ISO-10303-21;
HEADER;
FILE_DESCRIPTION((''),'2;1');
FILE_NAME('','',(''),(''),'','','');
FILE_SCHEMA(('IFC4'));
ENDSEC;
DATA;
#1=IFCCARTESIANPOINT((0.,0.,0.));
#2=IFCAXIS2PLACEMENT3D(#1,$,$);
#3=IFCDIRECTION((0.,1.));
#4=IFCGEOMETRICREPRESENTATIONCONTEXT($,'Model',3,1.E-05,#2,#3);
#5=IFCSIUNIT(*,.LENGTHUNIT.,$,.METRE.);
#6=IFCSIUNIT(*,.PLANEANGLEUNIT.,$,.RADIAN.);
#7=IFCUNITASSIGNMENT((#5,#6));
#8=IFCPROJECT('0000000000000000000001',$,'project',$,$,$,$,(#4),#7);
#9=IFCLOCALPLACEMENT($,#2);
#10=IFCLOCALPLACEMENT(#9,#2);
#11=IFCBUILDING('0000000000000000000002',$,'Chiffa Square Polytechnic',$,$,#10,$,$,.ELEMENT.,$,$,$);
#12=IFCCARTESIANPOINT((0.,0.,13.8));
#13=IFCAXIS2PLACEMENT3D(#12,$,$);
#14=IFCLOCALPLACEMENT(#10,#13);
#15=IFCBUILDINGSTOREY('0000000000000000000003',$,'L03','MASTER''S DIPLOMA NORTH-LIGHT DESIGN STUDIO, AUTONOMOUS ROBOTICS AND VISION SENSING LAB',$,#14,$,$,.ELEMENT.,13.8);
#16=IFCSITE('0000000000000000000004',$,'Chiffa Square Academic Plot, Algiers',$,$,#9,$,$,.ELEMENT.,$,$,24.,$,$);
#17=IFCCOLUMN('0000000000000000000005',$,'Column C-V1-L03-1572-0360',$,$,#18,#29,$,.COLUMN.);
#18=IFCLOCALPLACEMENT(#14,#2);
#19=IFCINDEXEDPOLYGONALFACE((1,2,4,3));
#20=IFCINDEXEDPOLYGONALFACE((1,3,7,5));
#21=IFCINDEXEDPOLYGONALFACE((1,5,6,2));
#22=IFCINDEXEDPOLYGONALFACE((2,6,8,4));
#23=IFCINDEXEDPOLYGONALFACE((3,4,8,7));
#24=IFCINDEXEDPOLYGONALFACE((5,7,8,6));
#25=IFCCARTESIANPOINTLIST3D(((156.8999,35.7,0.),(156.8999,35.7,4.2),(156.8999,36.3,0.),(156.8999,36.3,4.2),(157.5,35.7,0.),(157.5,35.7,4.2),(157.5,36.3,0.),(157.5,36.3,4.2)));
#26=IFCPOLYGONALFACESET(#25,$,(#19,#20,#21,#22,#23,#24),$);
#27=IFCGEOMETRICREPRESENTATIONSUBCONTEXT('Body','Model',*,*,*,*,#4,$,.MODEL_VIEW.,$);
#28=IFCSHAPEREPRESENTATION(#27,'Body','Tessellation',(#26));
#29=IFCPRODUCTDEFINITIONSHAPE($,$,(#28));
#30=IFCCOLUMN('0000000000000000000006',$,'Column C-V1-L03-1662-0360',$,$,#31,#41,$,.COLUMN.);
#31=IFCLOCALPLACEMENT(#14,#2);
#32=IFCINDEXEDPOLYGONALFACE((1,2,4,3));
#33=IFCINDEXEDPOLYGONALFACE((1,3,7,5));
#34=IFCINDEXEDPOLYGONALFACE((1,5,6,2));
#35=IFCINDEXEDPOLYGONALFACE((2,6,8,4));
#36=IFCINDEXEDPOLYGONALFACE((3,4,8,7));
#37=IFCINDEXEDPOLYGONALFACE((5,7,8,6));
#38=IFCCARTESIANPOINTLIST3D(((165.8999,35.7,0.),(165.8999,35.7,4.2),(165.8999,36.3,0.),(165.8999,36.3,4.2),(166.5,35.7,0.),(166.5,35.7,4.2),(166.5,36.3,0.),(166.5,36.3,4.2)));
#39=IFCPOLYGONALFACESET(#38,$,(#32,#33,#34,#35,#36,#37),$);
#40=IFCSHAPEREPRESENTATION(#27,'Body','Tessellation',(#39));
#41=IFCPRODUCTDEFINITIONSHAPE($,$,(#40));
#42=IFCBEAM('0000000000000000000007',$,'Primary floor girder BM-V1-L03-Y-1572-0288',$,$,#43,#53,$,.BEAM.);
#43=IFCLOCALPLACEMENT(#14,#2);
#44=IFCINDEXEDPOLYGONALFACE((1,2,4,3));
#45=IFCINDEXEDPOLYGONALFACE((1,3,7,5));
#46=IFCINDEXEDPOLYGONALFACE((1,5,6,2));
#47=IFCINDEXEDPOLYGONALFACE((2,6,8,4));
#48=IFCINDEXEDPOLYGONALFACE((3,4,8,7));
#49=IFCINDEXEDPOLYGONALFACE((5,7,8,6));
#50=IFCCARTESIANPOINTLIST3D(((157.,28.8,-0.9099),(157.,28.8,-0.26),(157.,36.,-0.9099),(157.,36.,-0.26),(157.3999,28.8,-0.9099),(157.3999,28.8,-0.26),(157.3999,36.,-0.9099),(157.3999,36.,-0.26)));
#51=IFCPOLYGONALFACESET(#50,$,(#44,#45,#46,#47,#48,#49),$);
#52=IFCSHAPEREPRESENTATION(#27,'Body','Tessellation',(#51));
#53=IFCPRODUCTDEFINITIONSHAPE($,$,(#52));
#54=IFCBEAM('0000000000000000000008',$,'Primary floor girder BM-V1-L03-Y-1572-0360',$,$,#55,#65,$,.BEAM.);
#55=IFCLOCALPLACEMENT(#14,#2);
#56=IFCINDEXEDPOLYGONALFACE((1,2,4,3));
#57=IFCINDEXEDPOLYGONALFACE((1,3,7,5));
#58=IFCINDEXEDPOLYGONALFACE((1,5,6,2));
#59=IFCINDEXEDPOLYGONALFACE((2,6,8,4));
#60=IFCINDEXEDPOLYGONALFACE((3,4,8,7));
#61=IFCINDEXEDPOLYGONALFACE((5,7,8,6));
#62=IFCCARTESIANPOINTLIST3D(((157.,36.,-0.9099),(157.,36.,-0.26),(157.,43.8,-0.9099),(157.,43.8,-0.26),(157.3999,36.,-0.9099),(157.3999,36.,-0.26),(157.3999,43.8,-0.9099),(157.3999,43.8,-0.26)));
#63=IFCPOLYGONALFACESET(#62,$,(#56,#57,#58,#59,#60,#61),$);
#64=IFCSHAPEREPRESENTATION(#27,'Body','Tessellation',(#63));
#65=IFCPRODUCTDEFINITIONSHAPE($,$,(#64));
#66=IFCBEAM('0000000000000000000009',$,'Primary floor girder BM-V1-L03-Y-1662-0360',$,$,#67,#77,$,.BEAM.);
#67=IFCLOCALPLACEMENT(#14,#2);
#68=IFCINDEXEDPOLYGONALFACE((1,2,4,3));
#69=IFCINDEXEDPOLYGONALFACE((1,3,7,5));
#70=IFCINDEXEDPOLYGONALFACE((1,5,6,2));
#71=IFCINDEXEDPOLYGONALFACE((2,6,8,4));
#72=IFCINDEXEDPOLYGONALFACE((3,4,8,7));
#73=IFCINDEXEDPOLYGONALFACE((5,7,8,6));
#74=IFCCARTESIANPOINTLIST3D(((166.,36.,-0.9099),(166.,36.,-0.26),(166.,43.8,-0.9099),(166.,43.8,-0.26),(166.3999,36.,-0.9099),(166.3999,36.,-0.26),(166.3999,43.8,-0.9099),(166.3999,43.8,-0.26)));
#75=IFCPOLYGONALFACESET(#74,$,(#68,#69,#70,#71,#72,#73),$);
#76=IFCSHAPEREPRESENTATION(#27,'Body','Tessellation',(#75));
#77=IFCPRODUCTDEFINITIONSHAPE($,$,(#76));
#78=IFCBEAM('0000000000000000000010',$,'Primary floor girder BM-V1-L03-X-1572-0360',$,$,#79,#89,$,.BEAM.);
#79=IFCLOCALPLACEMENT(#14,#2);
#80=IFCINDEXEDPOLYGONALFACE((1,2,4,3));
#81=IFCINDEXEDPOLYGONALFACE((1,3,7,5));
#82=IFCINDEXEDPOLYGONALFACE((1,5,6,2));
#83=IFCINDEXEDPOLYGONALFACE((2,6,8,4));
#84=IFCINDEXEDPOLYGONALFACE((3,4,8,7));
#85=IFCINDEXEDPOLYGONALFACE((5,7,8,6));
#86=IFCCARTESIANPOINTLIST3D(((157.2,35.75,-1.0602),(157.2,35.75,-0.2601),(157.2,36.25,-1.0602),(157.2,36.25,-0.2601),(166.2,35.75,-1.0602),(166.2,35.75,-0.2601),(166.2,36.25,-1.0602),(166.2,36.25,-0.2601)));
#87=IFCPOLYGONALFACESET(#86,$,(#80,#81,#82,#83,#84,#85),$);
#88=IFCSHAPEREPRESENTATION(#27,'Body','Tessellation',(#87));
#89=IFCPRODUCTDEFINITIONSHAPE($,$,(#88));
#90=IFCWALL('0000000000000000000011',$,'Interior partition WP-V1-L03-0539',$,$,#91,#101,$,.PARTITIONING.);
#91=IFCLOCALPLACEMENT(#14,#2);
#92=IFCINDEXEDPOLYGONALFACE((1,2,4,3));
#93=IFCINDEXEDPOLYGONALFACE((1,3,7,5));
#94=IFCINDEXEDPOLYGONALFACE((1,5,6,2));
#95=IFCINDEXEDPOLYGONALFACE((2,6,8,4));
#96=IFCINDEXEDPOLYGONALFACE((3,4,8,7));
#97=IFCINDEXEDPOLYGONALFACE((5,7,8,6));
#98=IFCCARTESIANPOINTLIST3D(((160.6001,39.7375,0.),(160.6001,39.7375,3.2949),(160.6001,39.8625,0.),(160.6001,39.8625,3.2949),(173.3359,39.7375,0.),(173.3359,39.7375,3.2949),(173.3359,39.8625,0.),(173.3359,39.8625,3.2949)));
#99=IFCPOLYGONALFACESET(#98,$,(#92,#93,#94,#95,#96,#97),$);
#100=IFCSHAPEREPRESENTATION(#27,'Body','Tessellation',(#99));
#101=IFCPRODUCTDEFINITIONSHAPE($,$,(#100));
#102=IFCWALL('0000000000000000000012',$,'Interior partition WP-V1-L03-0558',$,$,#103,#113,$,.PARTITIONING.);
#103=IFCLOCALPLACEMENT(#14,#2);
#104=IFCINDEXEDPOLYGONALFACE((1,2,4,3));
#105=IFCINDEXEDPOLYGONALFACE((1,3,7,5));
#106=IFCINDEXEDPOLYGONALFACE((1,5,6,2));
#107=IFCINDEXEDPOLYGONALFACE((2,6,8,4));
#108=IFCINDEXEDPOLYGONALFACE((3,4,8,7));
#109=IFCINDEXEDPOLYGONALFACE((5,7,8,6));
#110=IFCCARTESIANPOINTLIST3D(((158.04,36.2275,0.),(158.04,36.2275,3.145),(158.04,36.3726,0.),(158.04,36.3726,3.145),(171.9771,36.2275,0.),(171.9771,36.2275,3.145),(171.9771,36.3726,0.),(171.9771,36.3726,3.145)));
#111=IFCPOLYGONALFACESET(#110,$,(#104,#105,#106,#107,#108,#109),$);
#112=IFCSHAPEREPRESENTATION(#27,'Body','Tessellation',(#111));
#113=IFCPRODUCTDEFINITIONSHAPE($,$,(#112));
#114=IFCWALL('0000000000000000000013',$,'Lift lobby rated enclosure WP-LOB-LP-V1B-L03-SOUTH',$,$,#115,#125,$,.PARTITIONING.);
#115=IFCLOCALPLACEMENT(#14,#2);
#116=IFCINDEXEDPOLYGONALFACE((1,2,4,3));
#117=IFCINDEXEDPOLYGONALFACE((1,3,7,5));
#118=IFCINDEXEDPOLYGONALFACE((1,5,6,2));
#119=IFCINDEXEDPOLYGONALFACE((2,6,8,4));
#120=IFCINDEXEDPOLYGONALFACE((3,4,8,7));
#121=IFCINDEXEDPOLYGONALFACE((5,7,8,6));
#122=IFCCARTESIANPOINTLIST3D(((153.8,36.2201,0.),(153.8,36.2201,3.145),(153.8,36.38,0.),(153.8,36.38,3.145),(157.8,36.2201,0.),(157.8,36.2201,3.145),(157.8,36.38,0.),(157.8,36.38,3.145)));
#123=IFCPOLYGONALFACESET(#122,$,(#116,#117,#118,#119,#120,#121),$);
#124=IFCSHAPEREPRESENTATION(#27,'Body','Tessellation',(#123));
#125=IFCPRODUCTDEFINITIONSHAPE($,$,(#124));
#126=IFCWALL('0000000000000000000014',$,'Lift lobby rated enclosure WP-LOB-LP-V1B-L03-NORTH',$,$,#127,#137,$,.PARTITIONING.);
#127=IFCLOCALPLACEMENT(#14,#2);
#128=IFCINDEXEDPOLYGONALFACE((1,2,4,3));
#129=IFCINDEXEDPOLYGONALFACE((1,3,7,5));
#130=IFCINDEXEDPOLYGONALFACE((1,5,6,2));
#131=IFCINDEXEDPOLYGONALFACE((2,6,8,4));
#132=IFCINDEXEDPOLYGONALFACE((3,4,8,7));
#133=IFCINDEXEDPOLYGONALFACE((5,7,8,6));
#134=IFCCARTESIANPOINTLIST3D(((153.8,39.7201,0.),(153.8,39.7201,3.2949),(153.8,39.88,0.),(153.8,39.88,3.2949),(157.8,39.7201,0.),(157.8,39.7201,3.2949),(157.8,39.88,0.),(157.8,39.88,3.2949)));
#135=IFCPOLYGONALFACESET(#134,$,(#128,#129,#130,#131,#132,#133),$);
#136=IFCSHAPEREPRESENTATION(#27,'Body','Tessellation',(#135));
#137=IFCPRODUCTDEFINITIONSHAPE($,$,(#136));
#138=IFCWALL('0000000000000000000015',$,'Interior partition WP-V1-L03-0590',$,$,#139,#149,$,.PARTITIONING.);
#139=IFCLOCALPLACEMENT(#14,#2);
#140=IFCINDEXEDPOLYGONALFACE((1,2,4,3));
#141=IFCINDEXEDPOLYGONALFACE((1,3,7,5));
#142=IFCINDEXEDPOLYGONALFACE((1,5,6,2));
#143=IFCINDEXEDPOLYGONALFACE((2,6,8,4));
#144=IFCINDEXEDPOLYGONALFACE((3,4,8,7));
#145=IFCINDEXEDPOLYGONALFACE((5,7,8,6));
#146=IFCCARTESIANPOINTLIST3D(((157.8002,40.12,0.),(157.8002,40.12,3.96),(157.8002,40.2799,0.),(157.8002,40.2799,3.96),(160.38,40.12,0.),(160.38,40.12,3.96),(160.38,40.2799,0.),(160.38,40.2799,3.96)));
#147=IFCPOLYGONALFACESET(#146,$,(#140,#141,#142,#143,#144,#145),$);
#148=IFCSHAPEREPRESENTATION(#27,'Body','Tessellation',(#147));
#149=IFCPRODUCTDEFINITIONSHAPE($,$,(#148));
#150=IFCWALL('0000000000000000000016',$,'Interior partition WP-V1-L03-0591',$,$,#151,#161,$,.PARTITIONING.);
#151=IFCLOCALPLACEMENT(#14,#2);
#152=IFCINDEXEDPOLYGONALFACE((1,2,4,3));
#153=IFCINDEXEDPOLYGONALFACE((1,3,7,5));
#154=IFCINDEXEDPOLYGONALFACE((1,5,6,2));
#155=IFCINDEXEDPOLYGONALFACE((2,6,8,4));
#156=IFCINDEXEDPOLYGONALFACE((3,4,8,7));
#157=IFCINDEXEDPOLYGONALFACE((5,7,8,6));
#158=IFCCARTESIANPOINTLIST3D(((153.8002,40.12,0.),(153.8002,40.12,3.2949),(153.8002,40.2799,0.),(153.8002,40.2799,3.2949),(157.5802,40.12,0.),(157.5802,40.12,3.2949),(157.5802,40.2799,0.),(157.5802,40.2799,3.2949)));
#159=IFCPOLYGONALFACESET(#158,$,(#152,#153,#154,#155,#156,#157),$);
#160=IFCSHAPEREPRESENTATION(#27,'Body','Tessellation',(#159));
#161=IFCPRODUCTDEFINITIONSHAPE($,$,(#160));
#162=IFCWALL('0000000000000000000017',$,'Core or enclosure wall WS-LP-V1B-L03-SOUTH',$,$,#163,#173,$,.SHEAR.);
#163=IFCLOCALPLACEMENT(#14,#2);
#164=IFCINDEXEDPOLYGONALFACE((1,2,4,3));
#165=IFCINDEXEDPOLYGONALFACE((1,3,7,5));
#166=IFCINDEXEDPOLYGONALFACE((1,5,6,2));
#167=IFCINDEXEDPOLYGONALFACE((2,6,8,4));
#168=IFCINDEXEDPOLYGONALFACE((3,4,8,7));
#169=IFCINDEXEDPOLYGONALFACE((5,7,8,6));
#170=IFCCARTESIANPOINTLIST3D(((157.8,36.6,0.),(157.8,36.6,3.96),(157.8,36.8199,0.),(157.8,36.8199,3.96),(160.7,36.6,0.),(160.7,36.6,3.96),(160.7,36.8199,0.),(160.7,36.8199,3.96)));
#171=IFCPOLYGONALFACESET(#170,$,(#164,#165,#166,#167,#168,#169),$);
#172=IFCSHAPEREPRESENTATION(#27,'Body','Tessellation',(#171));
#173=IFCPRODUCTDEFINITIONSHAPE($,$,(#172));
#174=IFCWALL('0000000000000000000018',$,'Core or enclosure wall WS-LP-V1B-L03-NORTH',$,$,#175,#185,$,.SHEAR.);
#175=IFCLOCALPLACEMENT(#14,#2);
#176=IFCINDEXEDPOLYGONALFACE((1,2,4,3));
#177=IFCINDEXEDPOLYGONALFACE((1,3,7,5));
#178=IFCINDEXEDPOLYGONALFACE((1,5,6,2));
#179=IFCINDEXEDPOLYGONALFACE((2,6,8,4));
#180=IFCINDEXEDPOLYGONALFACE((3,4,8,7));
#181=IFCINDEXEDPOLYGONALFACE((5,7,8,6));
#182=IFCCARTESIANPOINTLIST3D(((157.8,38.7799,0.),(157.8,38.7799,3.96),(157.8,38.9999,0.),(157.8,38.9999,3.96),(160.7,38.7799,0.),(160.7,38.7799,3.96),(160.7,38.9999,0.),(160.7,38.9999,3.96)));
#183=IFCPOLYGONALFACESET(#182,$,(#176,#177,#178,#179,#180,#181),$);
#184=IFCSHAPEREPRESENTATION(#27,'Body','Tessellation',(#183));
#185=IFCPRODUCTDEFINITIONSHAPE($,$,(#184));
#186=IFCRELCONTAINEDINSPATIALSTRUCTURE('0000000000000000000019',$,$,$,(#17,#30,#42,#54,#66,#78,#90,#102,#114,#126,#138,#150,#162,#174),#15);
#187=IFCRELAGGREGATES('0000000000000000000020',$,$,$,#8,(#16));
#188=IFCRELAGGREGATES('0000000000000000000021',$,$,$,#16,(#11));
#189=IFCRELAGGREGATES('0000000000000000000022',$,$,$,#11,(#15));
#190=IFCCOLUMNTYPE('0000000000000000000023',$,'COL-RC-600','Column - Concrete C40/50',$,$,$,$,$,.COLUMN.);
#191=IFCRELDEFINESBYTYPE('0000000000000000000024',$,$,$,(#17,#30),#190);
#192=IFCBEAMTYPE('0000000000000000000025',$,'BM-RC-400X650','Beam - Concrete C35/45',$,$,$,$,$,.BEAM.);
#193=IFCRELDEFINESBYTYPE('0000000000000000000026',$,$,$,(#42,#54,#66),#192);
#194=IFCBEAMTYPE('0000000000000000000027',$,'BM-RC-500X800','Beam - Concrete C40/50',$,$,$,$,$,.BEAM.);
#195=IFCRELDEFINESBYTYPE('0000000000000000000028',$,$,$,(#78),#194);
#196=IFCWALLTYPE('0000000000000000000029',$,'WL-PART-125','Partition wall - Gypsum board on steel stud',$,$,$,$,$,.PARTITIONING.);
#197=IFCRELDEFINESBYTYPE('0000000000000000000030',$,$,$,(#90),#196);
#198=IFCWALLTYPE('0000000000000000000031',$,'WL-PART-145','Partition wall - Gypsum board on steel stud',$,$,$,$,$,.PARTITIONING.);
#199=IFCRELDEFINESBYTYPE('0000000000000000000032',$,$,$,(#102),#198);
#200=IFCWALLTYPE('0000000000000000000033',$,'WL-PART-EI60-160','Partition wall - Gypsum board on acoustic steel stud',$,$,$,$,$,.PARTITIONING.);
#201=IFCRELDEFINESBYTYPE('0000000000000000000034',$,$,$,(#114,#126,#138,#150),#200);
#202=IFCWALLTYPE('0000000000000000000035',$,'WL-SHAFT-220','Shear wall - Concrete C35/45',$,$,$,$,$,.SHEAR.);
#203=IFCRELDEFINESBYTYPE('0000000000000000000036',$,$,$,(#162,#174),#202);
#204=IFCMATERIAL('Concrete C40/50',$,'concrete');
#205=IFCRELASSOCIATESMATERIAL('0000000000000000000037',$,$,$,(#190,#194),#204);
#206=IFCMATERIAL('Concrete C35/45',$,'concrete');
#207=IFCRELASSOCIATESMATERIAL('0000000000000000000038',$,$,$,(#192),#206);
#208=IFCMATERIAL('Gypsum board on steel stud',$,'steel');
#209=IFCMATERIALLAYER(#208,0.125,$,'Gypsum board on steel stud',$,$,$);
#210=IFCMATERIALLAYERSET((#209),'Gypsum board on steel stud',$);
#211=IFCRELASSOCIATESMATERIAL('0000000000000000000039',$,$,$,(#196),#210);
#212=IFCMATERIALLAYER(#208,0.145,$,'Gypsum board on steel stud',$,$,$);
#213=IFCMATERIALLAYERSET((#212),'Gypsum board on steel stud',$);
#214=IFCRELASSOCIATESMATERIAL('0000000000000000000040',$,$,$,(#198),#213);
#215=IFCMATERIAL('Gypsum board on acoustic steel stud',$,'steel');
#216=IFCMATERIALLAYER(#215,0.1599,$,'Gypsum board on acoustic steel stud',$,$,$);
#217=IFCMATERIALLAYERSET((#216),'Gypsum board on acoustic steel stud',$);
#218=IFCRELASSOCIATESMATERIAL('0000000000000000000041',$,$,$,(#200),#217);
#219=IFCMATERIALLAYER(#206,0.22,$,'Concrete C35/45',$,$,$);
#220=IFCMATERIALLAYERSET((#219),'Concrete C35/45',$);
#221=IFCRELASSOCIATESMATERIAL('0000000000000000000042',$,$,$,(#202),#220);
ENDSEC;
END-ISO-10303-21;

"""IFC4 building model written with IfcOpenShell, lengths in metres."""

from ifc_helpers import new_model, si_unit, direction, frame, frame_2d, origin, origin_2d, place, context, subcontext, project, spatial, rectangle, extrude, material, layer, layer_set, material_profile, profile_set, type_object, element, save


model = new_model("IFC4")

# Units and contexts
model_context = context("Model", 3, precision=1e-05, world=origin(), true_north=direction((0.0, 1.0)))
body_context = subcontext(model_context, "Body", "Model", "MODEL_VIEW")
ifc_project = project(units=[si_unit("LENGTHUNIT", "METRE"), si_unit("PLANEANGLEUNIT", "RADIAN")], contexts=[model_context])

# Site, building, storey
site_placement = place(None, origin())
site = spatial("IfcSite", under=ifc_project, at=site_placement, Name="Chiffa Square Academic Plot, Algiers", CompositionType="ELEMENT", RefElevation=24.0)
building_placement = place(site_placement, origin())
building = spatial("IfcBuilding", under=site, at=building_placement, Name="Chiffa Square Polytechnic", CompositionType="ELEMENT")
storey_placement = place(building_placement, frame((0.0, 0.0, 13.8)))
storey = spatial("IfcBuildingStorey", under=building, at=storey_placement, Name="L03", Description="MASTER'S DIPLOMA NORTH-LIGHT DESIGN STUDIO, AUTONOMOUS ROBOTICS AND VISION SENSING LAB", CompositionType="ELEMENT", Elevation=13.8)

# Columns
ifc_material_1 = material(Name="Concrete C40/50", Category="concrete")
ifc_material_profile_1 = material_profile(ifc_material_1, rectangle(XDim=0.6001, YDim=0.6001, at=origin_2d()), Name="RC 600x600")
ifc_profile_set_1 = profile_set([ifc_material_profile_1], Name="Concrete C40/50")
column_type = type_object("IfcColumnType", Name="COL-RC-600", Description="Column - Concrete C40/50", PredefinedType="COLUMN", material=ifc_profile_set_1)
for number, where, z_axis, x_axis, name in (
    (1, (157.2, 36.0, 0.0), (0.0, 0.0, 1.0), (1.0, 0.0, 0.0), "Column C-V1-L03-1572-0360"),
    (2, (166.2, 36.0, 0.0), (0.0, 0.0, 1.0), (1.0, 0.0, 0.0), "Column C-V1-L03-1662-0360"),
):
    element("IfcColumn", number, at=place(storey_placement, frame(where, z_axis=z_axis, x_axis=x_axis)), inside=storey, type_object=column_type, Name=name, PredefinedType="COLUMN", context=body_context, shape_type="SweptSolid", body=[
        extrude(rectangle(XDim=0.6001, YDim=0.6001, at=origin_2d()), origin(), (0.0, 0.0, 1.0), 4.2),
    ])

# Beams
ifc_material_2 = material(Name="Concrete C35/45", Category="concrete")
ifc_material_profile_2 = material_profile(ifc_material_2, rectangle(XDim=0.3999, YDim=0.6499, at=origin_2d()), Name="RC 400x650")
ifc_profile_set_2 = profile_set([ifc_material_profile_2], Name="Concrete C35/45")
beam_type_1 = type_object("IfcBeamType", Name="BM-RC-400X650", Description="Beam - Concrete C35/45", PredefinedType="BEAM", material=ifc_profile_set_2)
beam_1_placement = place(storey_placement, frame((157.2, 28.8, -0.585), z_axis=(0.0, 1.0, 0.0), x_axis=(-1.0, 0.0, 0.0)))
element("IfcBeam", 3, at=beam_1_placement, inside=storey, type_object=beam_type_1, Name="Primary floor girder BM-V1-L03-Y-1572-0288", PredefinedType="BEAM", context=body_context, shape_type="SweptSolid", body=[
    extrude(rectangle(XDim=0.3999, YDim=0.6499, at=origin_2d()), origin(), (0.0, 0.0, 1.0), 7.2),
])
for number, where, z_axis, x_axis, name in (
    (4, (157.2, 36.0, -0.585), (0.0, 1.0, 0.0), (-1.0, 0.0, 0.0), "Primary floor girder BM-V1-L03-Y-1572-0360"),
    (5, (166.2, 36.0, -0.585), (0.0, 1.0, 0.0), (-1.0, 0.0, 0.0), "Primary floor girder BM-V1-L03-Y-1662-0360"),
):
    element("IfcBeam", number, at=place(storey_placement, frame(where, z_axis=z_axis, x_axis=x_axis)), inside=storey, type_object=beam_type_1, Name=name, PredefinedType="BEAM", context=body_context, shape_type="SweptSolid", body=[
        extrude(rectangle(XDim=0.3999, YDim=0.6499, at=origin_2d()), origin(), (0.0, 0.0, 1.0), 7.8),
    ])
ifc_material_profile_3 = material_profile(ifc_material_1, rectangle(XDim=0.5, YDim=0.8, at=origin_2d()), Name="RC 500x800")
ifc_profile_set_3 = profile_set([ifc_material_profile_3], Name="Concrete C40/50")
beam_type_2 = type_object("IfcBeamType", Name="BM-RC-500X800", Description="Beam - Concrete C40/50", PredefinedType="BEAM", material=ifc_profile_set_3)
beam_2_placement = place(storey_placement, frame((157.2, 36.0, -0.6602), z_axis=(1.0, 0.0, 0.0), x_axis=(0.0, 1.0, 0.0)))
element("IfcBeam", 6, at=beam_2_placement, inside=storey, type_object=beam_type_2, Name="Primary floor girder BM-V1-L03-X-1572-0360", PredefinedType="BEAM", context=body_context, shape_type="SweptSolid", body=[
    extrude(rectangle(XDim=0.5, YDim=0.8, at=origin_2d()), origin(), (0.0, 0.0, 1.0), 9.0),
])

# Walls
ifc_material_3 = material(Name="Gypsum board on steel stud", Category="steel")
ifc_layer_1 = layer(ifc_material_3, 0.125, Name="Gypsum board on steel stud")
ifc_layer_set_1 = layer_set([ifc_layer_1], Name="Gypsum board on steel stud")
wall_type_1 = type_object("IfcWallType", Name="WL-PART-125", Description="Partition wall - Gypsum board on steel stud", PredefinedType="PARTITIONING", material=ifc_layer_set_1)
wall_1_placement = place(storey_placement, frame((160.6001, 39.8, 0.0), z_axis=(0.0, 0.0, 1.0), x_axis=(1.0, 0.0, 0.0)))
element("IfcWall", 7, at=wall_1_placement, inside=storey, type_object=wall_type_1, Name="Interior partition WP-V1-L03-0539", PredefinedType="PARTITIONING", context=body_context, shape_type="SweptSolid", body=[
    extrude(rectangle(XDim=12.7358, YDim=0.125, at=frame_2d((6.3679, 0.0))), origin(), (0.0, 0.0, 1.0), 3.2949),
])
ifc_layer_2 = layer(ifc_material_3, 0.145, Name="Gypsum board on steel stud")
ifc_layer_set_2 = layer_set([ifc_layer_2], Name="Gypsum board on steel stud")
wall_type_2 = type_object("IfcWallType", Name="WL-PART-145", Description="Partition wall - Gypsum board on steel stud", PredefinedType="PARTITIONING", material=ifc_layer_set_2)
wall_2_placement = place(storey_placement, frame((158.04, 36.3, 0.0), z_axis=(0.0, 0.0, 1.0), x_axis=(1.0, 0.0, 0.0)))
element("IfcWall", 8, at=wall_2_placement, inside=storey, type_object=wall_type_2, Name="Interior partition WP-V1-L03-0558", PredefinedType="PARTITIONING", context=body_context, shape_type="SweptSolid", body=[
    extrude(rectangle(XDim=13.937, YDim=0.145, at=frame_2d((6.9685, 0.0))), origin(), (0.0, 0.0, 1.0), 3.145),
])
ifc_material_4 = material(Name="Gypsum board on acoustic steel stud", Category="steel")
ifc_layer_3 = layer(ifc_material_4, 0.1599, Name="Gypsum board on acoustic steel stud")
ifc_layer_set_3 = layer_set([ifc_layer_3], Name="Gypsum board on acoustic steel stud")
wall_type_3 = type_object("IfcWallType", Name="WL-PART-EI60-160", Description="Partition wall - Gypsum board on acoustic steel stud", PredefinedType="PARTITIONING", material=ifc_layer_set_3)
wall_3_placement = place(storey_placement, frame((153.8, 36.3, 0.0), z_axis=(0.0, 0.0, 1.0), x_axis=(1.0, 0.0, 0.0)))
element("IfcWall", 9, at=wall_3_placement, inside=storey, type_object=wall_type_3, Name="Lift lobby rated enclosure WP-LOB-LP-V1B-L03-SOUTH", PredefinedType="PARTITIONING", context=body_context, shape_type="SweptSolid", body=[
    extrude(rectangle(XDim=4.0, YDim=0.1599, at=frame_2d((2.0, 0.0))), origin(), (0.0, 0.0, 1.0), 3.145),
])
wall_4_placement = place(storey_placement, frame((153.8, 39.8, 0.0), z_axis=(0.0, 0.0, 1.0), x_axis=(1.0, 0.0, 0.0)))
element("IfcWall", 10, at=wall_4_placement, inside=storey, type_object=wall_type_3, Name="Lift lobby rated enclosure WP-LOB-LP-V1B-L03-NORTH", PredefinedType="PARTITIONING", context=body_context, shape_type="SweptSolid", body=[
    extrude(rectangle(XDim=4.0, YDim=0.1599, at=frame_2d((2.0, 0.0))), origin(), (0.0, 0.0, 1.0), 3.2949),
])

# Walls
wall_5_placement = place(storey_placement, frame((157.8, 40.2, 0.0), z_axis=(0.0, 0.0, 1.0), x_axis=(1.0, 0.0, 0.0)))
element("IfcWall", 11, at=wall_5_placement, inside=storey, type_object=wall_type_3, Name="Interior partition WP-V1-L03-0590", PredefinedType="PARTITIONING", context=body_context, shape_type="SweptSolid", body=[
    extrude(rectangle(XDim=2.5798, YDim=0.1599, at=frame_2d((1.29, 0.0))), origin(), (0.0, 0.0, 1.0), 3.96),
])
wall_6_placement = place(storey_placement, frame((153.8, 40.2, 0.0), z_axis=(0.0, 0.0, 1.0), x_axis=(1.0, 0.0, 0.0)))
element("IfcWall", 12, at=wall_6_placement, inside=storey, type_object=wall_type_3, Name="Interior partition WP-V1-L03-0591", PredefinedType="PARTITIONING", context=body_context, shape_type="SweptSolid", body=[
    extrude(rectangle(XDim=3.78, YDim=0.1599, at=frame_2d((1.8901, 0.0))), origin(), (0.0, 0.0, 1.0), 3.2949),
])
ifc_layer_4 = layer(ifc_material_2, 0.22, Name="Concrete C35/45")
ifc_layer_set_4 = layer_set([ifc_layer_4], Name="Concrete C35/45")
wall_type_4 = type_object("IfcWallType", Name="WL-SHAFT-220", Description="Shear wall - Concrete C35/45", PredefinedType="SHEAR", material=ifc_layer_set_4)
for number, where, z_axis, x_axis, name in (
    (13, (157.8, 36.71, 0.0), (0.0, 0.0, 1.0), (1.0, 0.0, 0.0), "Core or enclosure wall WS-LP-V1B-L03-SOUTH"),
    (14, (157.8, 38.8899, 0.0), (0.0, 0.0, 1.0), (1.0, 0.0, 0.0), "Core or enclosure wall WS-LP-V1B-L03-NORTH"),
):
    element("IfcWall", number, at=place(storey_placement, frame(where, z_axis=z_axis, x_axis=x_axis)), inside=storey, type_object=wall_type_4, Name=name, PredefinedType="SHEAR", context=body_context, shape_type="SweptSolid", body=[
        extrude(rectangle(XDim=2.8999, YDim=0.22, at=frame_2d((1.45, 0.0))), origin(), (0.0, 0.0, 1.0), 3.96),
    ])

save(model, "model.ifc")
